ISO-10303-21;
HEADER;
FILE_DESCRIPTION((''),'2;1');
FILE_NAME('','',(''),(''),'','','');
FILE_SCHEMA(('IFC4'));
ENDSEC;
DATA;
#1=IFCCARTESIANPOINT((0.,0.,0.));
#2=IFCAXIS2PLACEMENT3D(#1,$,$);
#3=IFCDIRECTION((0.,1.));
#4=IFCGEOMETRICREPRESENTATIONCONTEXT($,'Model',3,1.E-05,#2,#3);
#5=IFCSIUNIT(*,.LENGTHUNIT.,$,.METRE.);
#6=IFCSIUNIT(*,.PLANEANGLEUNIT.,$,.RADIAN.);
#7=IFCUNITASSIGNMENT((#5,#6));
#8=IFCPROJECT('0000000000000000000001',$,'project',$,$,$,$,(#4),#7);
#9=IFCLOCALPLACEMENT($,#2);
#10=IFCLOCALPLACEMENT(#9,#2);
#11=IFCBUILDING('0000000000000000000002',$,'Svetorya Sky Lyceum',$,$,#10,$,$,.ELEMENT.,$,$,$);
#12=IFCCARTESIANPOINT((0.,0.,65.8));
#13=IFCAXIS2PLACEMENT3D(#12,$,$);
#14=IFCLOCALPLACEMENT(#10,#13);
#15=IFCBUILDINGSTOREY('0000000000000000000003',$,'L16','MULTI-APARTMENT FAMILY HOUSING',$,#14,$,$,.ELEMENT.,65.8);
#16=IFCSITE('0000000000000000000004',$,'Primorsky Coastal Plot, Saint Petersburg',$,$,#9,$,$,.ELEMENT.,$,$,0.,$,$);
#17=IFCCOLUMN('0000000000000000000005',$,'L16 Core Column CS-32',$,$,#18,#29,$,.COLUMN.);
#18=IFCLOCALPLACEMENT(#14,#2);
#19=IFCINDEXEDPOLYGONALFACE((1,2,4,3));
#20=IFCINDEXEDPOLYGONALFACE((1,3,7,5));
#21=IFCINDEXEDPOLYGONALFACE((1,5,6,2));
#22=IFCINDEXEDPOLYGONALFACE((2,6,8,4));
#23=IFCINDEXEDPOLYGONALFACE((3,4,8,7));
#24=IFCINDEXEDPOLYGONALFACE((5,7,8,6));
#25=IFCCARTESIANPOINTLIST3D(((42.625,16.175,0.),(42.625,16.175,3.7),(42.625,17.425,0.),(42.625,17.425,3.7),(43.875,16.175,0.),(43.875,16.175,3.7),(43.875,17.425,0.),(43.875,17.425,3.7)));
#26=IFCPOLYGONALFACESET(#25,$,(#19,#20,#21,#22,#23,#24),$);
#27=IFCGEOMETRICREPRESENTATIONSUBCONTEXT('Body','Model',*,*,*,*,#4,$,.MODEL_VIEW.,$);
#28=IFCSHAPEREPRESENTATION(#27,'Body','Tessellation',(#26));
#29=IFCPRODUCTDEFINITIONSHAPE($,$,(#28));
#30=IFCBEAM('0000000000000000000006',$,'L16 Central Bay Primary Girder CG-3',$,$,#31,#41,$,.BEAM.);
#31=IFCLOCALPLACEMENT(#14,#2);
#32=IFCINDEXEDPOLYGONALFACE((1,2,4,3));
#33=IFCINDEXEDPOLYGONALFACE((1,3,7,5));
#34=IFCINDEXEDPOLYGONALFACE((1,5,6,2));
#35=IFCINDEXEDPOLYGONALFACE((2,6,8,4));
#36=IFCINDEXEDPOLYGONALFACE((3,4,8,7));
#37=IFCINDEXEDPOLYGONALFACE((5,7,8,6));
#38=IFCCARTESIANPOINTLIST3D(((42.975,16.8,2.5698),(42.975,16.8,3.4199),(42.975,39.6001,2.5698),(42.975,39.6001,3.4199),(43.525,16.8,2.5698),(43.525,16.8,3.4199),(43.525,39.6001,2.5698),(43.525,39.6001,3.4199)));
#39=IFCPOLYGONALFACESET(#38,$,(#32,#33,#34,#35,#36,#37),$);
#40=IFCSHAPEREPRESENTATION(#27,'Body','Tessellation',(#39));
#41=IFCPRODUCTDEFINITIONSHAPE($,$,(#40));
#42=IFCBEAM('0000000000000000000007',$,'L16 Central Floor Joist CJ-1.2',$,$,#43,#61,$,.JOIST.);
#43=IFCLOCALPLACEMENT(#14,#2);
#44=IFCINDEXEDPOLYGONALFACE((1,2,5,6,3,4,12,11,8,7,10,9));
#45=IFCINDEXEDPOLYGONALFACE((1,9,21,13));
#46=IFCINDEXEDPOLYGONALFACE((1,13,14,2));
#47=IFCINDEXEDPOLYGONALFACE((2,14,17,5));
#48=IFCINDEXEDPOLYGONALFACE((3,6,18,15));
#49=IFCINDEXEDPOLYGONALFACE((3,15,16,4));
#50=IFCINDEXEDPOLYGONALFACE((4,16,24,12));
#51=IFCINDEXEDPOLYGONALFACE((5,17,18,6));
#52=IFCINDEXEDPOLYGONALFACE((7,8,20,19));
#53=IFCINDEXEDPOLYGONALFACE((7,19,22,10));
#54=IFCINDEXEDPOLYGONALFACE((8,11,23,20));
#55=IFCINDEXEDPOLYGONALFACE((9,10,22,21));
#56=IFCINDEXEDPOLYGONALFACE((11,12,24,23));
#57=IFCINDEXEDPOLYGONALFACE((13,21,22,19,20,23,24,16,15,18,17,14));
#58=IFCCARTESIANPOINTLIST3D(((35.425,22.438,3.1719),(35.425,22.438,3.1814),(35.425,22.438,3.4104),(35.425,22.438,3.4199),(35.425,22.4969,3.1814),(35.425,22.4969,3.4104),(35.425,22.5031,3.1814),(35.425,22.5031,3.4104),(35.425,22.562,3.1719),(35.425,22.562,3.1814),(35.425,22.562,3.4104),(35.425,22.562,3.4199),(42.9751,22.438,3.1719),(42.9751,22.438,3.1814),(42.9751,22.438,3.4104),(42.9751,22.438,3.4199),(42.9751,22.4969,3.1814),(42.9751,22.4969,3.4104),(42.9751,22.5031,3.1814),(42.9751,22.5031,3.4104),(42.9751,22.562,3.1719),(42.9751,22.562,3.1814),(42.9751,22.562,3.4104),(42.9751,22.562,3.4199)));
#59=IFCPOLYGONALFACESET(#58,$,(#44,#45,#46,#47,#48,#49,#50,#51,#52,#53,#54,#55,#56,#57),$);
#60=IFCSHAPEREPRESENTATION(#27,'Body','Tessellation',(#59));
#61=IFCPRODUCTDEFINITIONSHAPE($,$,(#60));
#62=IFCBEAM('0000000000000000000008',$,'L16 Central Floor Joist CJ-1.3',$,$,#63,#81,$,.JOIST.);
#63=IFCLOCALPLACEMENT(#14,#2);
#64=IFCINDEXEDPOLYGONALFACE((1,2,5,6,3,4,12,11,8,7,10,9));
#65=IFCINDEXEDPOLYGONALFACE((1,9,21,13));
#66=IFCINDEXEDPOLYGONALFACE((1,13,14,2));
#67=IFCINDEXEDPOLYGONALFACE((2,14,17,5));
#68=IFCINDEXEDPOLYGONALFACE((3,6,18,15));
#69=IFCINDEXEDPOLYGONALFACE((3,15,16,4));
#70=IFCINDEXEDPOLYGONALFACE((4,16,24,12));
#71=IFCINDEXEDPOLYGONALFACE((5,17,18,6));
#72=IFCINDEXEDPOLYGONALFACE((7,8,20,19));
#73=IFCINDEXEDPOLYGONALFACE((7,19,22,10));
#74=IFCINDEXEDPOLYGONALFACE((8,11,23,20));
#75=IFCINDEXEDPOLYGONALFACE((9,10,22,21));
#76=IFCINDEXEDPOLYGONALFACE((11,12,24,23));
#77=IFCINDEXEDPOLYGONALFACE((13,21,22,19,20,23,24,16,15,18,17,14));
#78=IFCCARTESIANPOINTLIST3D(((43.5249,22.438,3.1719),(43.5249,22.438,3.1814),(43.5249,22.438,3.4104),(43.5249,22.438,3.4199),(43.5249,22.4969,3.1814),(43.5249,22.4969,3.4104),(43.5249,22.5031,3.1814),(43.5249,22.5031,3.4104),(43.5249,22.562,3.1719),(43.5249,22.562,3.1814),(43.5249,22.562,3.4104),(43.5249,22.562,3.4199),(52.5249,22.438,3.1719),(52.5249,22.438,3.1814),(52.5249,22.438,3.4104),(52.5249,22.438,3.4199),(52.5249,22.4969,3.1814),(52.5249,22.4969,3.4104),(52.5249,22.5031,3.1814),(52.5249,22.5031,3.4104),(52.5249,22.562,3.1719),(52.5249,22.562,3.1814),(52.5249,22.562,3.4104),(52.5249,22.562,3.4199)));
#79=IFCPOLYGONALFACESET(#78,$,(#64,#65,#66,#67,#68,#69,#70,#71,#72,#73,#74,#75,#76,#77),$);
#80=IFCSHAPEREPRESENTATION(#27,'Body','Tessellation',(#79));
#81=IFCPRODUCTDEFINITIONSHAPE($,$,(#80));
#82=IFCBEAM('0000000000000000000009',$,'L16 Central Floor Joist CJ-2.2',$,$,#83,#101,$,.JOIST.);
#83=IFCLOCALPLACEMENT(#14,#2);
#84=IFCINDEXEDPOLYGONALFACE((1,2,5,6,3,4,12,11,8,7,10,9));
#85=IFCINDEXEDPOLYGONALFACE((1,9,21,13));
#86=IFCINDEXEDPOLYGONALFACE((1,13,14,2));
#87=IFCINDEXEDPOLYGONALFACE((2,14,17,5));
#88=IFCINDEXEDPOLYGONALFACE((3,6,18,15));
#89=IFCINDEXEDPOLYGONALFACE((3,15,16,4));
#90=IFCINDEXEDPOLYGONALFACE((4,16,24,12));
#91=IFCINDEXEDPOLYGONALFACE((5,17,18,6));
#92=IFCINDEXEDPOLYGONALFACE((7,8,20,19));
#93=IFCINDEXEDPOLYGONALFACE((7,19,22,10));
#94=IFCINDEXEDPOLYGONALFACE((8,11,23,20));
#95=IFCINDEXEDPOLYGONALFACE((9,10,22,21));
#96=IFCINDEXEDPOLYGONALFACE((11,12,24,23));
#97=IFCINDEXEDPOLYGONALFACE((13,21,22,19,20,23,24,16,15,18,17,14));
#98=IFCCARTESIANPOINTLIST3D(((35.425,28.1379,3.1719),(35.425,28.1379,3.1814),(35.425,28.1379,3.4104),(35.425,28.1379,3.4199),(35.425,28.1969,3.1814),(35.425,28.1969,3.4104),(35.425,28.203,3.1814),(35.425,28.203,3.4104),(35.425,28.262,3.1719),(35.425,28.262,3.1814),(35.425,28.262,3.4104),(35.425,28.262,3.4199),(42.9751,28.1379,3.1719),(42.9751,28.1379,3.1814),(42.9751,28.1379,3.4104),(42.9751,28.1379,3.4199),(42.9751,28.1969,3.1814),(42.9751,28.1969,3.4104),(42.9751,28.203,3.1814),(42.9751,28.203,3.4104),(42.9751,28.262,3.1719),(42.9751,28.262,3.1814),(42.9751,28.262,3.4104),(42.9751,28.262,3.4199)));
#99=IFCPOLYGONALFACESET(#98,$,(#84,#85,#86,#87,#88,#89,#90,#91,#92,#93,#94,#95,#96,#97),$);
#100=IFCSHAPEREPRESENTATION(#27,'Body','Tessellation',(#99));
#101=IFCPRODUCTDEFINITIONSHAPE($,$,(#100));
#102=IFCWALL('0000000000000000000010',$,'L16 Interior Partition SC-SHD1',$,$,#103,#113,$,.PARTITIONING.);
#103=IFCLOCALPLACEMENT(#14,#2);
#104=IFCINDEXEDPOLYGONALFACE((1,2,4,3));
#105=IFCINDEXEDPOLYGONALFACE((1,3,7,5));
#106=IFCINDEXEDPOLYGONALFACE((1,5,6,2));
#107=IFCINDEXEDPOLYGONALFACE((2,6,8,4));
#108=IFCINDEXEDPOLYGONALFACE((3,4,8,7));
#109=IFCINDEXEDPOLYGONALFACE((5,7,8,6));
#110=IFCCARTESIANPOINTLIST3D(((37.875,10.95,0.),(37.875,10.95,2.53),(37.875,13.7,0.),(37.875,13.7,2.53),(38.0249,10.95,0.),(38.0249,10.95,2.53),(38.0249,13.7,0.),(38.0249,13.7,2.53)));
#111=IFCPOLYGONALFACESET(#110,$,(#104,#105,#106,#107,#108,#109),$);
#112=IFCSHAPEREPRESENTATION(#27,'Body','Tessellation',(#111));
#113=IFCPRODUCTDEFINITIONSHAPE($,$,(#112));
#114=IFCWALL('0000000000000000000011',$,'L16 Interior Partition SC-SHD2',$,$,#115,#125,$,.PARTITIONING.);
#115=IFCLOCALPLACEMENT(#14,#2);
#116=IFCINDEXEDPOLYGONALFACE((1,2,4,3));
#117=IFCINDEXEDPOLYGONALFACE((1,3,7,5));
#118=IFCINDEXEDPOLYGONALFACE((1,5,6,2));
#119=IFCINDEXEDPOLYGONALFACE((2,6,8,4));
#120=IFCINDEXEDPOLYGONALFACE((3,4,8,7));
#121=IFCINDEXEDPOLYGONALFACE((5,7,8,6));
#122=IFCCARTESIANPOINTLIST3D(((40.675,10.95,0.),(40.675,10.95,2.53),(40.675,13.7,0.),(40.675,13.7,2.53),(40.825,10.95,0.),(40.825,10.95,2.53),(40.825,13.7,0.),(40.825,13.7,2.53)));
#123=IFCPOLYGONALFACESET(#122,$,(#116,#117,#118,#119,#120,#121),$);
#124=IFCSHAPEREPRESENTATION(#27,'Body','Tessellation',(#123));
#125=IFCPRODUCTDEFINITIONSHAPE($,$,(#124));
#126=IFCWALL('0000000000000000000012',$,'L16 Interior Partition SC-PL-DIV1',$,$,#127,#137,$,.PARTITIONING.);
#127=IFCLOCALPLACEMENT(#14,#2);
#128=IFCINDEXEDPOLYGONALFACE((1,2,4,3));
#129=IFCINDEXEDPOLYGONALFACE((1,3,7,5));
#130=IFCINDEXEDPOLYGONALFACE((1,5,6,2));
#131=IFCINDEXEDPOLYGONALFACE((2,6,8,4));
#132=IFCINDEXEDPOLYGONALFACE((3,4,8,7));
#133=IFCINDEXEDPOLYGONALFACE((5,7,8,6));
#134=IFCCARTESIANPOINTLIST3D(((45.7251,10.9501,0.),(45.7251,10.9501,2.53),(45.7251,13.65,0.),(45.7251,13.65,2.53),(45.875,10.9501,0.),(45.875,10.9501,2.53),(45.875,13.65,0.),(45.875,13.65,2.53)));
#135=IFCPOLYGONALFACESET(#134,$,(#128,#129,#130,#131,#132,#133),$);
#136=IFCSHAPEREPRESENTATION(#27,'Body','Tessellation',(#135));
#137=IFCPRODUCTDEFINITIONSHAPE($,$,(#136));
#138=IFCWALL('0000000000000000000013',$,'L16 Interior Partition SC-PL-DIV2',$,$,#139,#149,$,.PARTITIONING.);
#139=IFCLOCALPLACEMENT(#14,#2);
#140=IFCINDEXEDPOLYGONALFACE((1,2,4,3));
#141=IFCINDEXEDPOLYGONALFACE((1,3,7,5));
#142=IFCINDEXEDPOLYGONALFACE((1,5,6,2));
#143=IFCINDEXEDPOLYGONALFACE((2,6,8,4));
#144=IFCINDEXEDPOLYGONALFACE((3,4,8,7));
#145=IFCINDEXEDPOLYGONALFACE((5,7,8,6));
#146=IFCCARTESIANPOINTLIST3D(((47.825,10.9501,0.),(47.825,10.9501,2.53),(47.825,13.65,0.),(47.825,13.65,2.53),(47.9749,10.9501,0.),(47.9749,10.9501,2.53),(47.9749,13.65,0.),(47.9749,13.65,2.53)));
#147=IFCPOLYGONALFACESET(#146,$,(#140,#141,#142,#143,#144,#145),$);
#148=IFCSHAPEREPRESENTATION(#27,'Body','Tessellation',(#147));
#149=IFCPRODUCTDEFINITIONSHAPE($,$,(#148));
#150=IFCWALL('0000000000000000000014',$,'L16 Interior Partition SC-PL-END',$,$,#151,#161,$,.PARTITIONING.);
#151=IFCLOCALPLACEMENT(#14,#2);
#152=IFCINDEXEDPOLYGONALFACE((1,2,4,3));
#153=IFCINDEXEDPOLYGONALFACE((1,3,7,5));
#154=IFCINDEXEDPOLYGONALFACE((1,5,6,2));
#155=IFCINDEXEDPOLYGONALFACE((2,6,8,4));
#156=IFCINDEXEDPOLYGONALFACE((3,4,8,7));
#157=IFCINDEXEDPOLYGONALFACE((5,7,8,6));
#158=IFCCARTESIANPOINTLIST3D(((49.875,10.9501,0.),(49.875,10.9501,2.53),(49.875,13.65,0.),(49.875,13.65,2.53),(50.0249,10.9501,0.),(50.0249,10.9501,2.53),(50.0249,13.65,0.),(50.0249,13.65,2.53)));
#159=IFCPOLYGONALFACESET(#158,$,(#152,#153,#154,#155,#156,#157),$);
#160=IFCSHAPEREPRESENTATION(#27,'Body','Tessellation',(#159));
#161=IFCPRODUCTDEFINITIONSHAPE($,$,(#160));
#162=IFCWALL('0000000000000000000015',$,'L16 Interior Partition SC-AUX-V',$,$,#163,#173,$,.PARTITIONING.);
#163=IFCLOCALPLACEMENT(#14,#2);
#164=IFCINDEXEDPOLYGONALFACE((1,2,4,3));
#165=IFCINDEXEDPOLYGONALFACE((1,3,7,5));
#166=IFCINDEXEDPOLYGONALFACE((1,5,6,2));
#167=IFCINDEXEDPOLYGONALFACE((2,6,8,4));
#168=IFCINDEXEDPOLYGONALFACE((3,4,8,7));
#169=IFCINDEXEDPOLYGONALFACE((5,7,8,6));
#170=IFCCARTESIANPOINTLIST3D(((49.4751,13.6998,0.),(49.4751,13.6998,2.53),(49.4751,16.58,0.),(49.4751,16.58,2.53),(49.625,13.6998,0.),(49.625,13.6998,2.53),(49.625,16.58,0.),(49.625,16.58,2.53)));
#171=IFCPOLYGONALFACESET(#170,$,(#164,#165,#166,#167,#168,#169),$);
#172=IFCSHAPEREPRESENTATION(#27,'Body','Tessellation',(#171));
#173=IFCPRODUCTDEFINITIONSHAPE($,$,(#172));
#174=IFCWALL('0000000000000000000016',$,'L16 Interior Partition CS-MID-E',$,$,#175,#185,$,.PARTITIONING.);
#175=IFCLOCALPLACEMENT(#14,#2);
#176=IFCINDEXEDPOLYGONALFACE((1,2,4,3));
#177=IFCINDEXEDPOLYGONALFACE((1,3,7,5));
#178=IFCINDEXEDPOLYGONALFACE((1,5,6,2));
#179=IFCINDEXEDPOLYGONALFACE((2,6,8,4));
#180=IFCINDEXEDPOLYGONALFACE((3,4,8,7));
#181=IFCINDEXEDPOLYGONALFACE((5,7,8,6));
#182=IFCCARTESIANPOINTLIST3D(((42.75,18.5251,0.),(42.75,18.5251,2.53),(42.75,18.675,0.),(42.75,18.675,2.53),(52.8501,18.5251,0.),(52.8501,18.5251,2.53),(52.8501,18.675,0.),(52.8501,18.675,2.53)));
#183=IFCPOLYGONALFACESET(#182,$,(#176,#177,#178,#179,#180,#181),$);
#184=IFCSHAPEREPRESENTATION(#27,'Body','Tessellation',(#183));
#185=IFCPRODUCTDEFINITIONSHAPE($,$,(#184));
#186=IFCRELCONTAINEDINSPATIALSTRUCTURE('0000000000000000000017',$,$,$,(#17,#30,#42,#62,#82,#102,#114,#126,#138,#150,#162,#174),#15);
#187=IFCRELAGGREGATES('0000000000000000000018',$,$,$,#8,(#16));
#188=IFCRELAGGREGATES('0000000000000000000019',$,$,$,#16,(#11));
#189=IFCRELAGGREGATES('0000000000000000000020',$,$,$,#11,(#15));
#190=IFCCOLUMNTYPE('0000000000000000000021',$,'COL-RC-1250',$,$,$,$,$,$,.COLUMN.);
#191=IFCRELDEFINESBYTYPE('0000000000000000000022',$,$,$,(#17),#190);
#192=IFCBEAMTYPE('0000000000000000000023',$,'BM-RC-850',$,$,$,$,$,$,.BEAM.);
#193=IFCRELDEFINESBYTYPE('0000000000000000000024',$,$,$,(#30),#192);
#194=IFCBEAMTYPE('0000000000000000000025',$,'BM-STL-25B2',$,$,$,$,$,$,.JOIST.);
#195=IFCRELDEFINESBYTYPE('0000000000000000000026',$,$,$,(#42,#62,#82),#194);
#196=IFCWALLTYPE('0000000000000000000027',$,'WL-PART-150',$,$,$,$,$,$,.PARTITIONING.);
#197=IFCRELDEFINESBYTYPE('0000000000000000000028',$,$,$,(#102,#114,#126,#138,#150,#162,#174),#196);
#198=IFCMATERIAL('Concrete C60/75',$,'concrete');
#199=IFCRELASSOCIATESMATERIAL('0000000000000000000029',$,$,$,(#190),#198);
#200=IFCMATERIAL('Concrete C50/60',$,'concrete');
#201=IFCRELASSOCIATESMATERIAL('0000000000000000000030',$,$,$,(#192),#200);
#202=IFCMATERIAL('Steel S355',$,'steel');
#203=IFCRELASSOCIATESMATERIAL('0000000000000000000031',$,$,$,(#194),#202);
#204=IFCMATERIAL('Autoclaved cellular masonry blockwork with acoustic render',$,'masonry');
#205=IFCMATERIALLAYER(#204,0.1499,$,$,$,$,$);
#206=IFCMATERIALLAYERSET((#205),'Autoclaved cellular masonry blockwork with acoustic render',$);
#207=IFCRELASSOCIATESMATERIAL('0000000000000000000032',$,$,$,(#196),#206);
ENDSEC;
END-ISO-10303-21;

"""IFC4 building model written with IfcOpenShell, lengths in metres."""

from ifc_helpers import new_model, si_unit, direction, frame, frame_2d, origin, origin_2d, place, context, subcontext, project, spatial, rectangle, i_section, extrude, material, layer, layer_set, material_profile, profile_set, type_object, element, save


model = new_model("IFC4")

# Units and contexts
model_context = context("Model", 3, precision=1e-05, world=origin(), true_north=direction((0.0, 1.0)))
body_context = subcontext(model_context, "Body", "Model", "MODEL_VIEW")
ifc_project = project(units=[si_unit("LENGTHUNIT", "METRE"), si_unit("PLANEANGLEUNIT", "RADIAN")], contexts=[model_context])

# Site, building, storey
site_placement = place(None, origin())
site = spatial("IfcSite", under=ifc_project, at=site_placement, Name="Primorsky Coastal Plot, Saint Petersburg", CompositionType="ELEMENT", RefElevation=0.0)
building_placement = place(site_placement, origin())
building = spatial("IfcBuilding", under=site, at=building_placement, Name="Svetorya Sky Lyceum", CompositionType="ELEMENT")
storey_placement = place(building_placement, frame((0.0, 0.0, 65.8)))
storey = spatial("IfcBuildingStorey", under=building, at=storey_placement, Name="L16", Description="MULTI-APARTMENT FAMILY HOUSING", CompositionType="ELEMENT", Elevation=65.8)

# Column
ifc_material_1 = material(Name="Concrete C60/75", Category="concrete")
ifc_material_profile_1 = material_profile(ifc_material_1, rectangle(XDim=1.25, YDim=1.25, at=origin_2d()), Name="RC COL 1250x1250")
ifc_profile_set_1 = profile_set([ifc_material_profile_1], Name="Concrete C60/75")
column_type = type_object("IfcColumnType", Name="COL-RC-1250", PredefinedType="COLUMN", material=ifc_profile_set_1)
column_placement = place(storey_placement, frame((43.25, 16.8, 0.0), z_axis=(0.0, 0.0, 1.0), x_axis=(1.0, 0.0, 0.0)))
element("IfcColumn", 1, at=column_placement, inside=storey, type_object=column_type, Name="L16 Core Column CS-32", PredefinedType="COLUMN", context=body_context, shape_type="SweptSolid", body=[
    extrude(rectangle(XDim=1.25, YDim=1.25, at=origin_2d()), origin(), (0.0, 0.0, 1.0), 3.7),
])

# Beams
ifc_material_2 = material(Name="Concrete C50/60", Category="concrete")
ifc_material_profile_2 = material_profile(ifc_material_2, rectangle(XDim=0.55, YDim=0.8501, at=origin_2d()), Name="RC BEAM 550x850")
ifc_profile_set_2 = profile_set([ifc_material_profile_2], Name="Concrete C50/60")
beam_type_1 = type_object("IfcBeamType", Name="BM-RC-850", PredefinedType="BEAM", material=ifc_profile_set_2)
beam_1_placement = place(storey_placement, frame((43.25, 16.8, 2.9949), z_axis=(0.0, 1.0, 0.0), x_axis=(-1.0, 0.0, 0.0)))
element("IfcBeam", 2, at=beam_1_placement, inside=storey, type_object=beam_type_1, Name="L16 Central Bay Primary Girder CG-3", PredefinedType="BEAM", context=body_context, shape_type="SweptSolid", body=[
    extrude(rectangle(XDim=0.55, YDim=0.8501, at=origin_2d()), origin(), (0.0, 0.0, 1.0), 22.8),
])
ifc_material_3 = material(Name="Steel S355", Category="steel")
ifc_material_profile_3 = material_profile(ifc_material_3, i_section(OverallWidth=0.124, OverallDepth=0.248, WebThickness=0.0061, FlangeThickness=0.0095, at=origin_2d()), Name="GOST 25B2")
ifc_profile_set_3 = profile_set([ifc_material_profile_3], Name="Steel S355")
beam_type_2 = type_object("IfcBeamType", Name="BM-STL-25B2", PredefinedType="JOIST", material=ifc_profile_set_3)
beam_2_placement = place(storey_placement, frame((35.425, 22.5, 3.2959), z_axis=(1.0, 0.0, 0.0), x_axis=(0.0, 1.0, 0.0)))
element("IfcBeam", 3, at=beam_2_placement, inside=storey, type_object=beam_type_2, Name="L16 Central Floor Joist CJ-1.2", PredefinedType="JOIST", context=body_context, shape_type="SweptSolid", body=[
    extrude(i_section(OverallWidth=0.124, OverallDepth=0.248, WebThickness=0.0061, FlangeThickness=0.0095, at=origin_2d()), origin(), (0.0, 0.0, 1.0), 7.55),
])
beam_3_placement = place(storey_placement, frame((43.5249, 22.5, 3.2959), z_axis=(1.0, 0.0, 0.0), x_axis=(0.0, 1.0, 0.0)))
element("IfcBeam", 4, at=beam_3_placement, inside=storey, type_object=beam_type_2, Name="L16 Central Floor Joist CJ-1.3", PredefinedType="JOIST", context=body_context, shape_type="SweptSolid", body=[
    extrude(i_section(OverallWidth=0.124, OverallDepth=0.248, WebThickness=0.0061, FlangeThickness=0.0095, at=origin_2d()), origin(), (0.0, 0.0, 1.0), 9.0),
])
beam_4_placement = place(storey_placement, frame((35.425, 28.2, 3.2959), z_axis=(1.0, 0.0, 0.0), x_axis=(0.0, 1.0, 0.0)))
element("IfcBeam", 5, at=beam_4_placement, inside=storey, type_object=beam_type_2, Name="L16 Central Floor Joist CJ-2.2", PredefinedType="JOIST", context=body_context, shape_type="SweptSolid", body=[
    extrude(i_section(OverallWidth=0.124, OverallDepth=0.248, WebThickness=0.0061, FlangeThickness=0.0095, at=origin_2d()), origin(), (0.0, 0.0, 1.0), 7.55),
])

# Walls
ifc_material_4 = material(Name="Autoclaved cellular masonry blockwork with acoustic render", Category="masonry")
ifc_layer_1 = layer(ifc_material_4, 0.1499)
ifc_layer_set_1 = layer_set([ifc_layer_1], Name="Autoclaved cellular masonry blockwork with acoustic render")
wall_type_1 = type_object("IfcWallType", Name="WL-PART-150", PredefinedType="PARTITIONING", material=ifc_layer_set_1)
for number, where, z_axis, x_axis, name in (
    (6, (37.95, 10.95, 0.0), (0.0, 0.0, 1.0), (0.0, 1.0, 0.0), "L16 Interior Partition SC-SHD1"),
    (7, (40.75, 10.95, 0.0), (0.0, 0.0, 1.0), (0.0, 1.0, 0.0), "L16 Interior Partition SC-SHD2"),
):
    element("IfcWall", number, at=place(storey_placement, frame(where, z_axis=z_axis, x_axis=x_axis)), inside=storey, type_object=wall_type_1, Name=name, PredefinedType="PARTITIONING", context=body_context, shape_type="SweptSolid", body=[
        extrude(rectangle(XDim=2.75, YDim=0.1499, at=frame_2d((1.375, 0.0))), origin(), (0.0, 0.0, 1.0), 2.53),
    ])
for number, where, z_axis, x_axis, name in (
    (8, (45.8, 10.95, 0.0), (0.0, 0.0, 1.0), (0.0, 1.0, 0.0), "L16 Interior Partition SC-PL-DIV1"),
    (9, (47.8999, 10.95, 0.0), (0.0, 0.0, 1.0), (0.0, 1.0, 0.0), "L16 Interior Partition SC-PL-DIV2"),
    (10, (49.95, 10.95, 0.0), (0.0, 0.0, 1.0), (0.0, 1.0, 0.0), "L16 Interior Partition SC-PL-END"),
):
    element("IfcWall", number, at=place(storey_placement, frame(where, z_axis=z_axis, x_axis=x_axis)), inside=storey, type_object=wall_type_1, Name=name, PredefinedType="PARTITIONING", context=body_context, shape_type="SweptSolid", body=[
        extrude(rectangle(XDim=2.7, YDim=0.1499, at=frame_2d((1.3501, 0.0))), origin(), (0.0, 0.0, 1.0), 2.53),
    ])
wall_1_placement = place(storey_placement, frame((49.55, 13.7, 0.0), z_axis=(0.0, 0.0, 1.0), x_axis=(0.0, 1.0, 0.0)))
element("IfcWall", 11, at=wall_1_placement, inside=storey, type_object=wall_type_1, Name="L16 Interior Partition SC-AUX-V", PredefinedType="PARTITIONING", context=body_context, shape_type="SweptSolid", body=[
    extrude(rectangle(XDim=2.8801, YDim=0.1499, at=frame_2d((1.4399, 0.0))), origin(), (0.0, 0.0, 1.0), 2.53),
])
wall_2_placement = place(storey_placement, frame((42.75, 18.6001, 0.0), z_axis=(0.0, 0.0, 1.0), x_axis=(1.0, 0.0, 0.0)))
element("IfcWall", 12, at=wall_2_placement, inside=storey, type_object=wall_type_1, Name="L16 Interior Partition CS-MID-E", PredefinedType="PARTITIONING", context=body_context, shape_type="SweptSolid", body=[
    extrude(rectangle(XDim=10.1001, YDim=0.1499, at=frame_2d((5.05, 0.0))), origin(), (0.0, 0.0, 1.0), 2.53),
])

save(model, "model.ifc")
